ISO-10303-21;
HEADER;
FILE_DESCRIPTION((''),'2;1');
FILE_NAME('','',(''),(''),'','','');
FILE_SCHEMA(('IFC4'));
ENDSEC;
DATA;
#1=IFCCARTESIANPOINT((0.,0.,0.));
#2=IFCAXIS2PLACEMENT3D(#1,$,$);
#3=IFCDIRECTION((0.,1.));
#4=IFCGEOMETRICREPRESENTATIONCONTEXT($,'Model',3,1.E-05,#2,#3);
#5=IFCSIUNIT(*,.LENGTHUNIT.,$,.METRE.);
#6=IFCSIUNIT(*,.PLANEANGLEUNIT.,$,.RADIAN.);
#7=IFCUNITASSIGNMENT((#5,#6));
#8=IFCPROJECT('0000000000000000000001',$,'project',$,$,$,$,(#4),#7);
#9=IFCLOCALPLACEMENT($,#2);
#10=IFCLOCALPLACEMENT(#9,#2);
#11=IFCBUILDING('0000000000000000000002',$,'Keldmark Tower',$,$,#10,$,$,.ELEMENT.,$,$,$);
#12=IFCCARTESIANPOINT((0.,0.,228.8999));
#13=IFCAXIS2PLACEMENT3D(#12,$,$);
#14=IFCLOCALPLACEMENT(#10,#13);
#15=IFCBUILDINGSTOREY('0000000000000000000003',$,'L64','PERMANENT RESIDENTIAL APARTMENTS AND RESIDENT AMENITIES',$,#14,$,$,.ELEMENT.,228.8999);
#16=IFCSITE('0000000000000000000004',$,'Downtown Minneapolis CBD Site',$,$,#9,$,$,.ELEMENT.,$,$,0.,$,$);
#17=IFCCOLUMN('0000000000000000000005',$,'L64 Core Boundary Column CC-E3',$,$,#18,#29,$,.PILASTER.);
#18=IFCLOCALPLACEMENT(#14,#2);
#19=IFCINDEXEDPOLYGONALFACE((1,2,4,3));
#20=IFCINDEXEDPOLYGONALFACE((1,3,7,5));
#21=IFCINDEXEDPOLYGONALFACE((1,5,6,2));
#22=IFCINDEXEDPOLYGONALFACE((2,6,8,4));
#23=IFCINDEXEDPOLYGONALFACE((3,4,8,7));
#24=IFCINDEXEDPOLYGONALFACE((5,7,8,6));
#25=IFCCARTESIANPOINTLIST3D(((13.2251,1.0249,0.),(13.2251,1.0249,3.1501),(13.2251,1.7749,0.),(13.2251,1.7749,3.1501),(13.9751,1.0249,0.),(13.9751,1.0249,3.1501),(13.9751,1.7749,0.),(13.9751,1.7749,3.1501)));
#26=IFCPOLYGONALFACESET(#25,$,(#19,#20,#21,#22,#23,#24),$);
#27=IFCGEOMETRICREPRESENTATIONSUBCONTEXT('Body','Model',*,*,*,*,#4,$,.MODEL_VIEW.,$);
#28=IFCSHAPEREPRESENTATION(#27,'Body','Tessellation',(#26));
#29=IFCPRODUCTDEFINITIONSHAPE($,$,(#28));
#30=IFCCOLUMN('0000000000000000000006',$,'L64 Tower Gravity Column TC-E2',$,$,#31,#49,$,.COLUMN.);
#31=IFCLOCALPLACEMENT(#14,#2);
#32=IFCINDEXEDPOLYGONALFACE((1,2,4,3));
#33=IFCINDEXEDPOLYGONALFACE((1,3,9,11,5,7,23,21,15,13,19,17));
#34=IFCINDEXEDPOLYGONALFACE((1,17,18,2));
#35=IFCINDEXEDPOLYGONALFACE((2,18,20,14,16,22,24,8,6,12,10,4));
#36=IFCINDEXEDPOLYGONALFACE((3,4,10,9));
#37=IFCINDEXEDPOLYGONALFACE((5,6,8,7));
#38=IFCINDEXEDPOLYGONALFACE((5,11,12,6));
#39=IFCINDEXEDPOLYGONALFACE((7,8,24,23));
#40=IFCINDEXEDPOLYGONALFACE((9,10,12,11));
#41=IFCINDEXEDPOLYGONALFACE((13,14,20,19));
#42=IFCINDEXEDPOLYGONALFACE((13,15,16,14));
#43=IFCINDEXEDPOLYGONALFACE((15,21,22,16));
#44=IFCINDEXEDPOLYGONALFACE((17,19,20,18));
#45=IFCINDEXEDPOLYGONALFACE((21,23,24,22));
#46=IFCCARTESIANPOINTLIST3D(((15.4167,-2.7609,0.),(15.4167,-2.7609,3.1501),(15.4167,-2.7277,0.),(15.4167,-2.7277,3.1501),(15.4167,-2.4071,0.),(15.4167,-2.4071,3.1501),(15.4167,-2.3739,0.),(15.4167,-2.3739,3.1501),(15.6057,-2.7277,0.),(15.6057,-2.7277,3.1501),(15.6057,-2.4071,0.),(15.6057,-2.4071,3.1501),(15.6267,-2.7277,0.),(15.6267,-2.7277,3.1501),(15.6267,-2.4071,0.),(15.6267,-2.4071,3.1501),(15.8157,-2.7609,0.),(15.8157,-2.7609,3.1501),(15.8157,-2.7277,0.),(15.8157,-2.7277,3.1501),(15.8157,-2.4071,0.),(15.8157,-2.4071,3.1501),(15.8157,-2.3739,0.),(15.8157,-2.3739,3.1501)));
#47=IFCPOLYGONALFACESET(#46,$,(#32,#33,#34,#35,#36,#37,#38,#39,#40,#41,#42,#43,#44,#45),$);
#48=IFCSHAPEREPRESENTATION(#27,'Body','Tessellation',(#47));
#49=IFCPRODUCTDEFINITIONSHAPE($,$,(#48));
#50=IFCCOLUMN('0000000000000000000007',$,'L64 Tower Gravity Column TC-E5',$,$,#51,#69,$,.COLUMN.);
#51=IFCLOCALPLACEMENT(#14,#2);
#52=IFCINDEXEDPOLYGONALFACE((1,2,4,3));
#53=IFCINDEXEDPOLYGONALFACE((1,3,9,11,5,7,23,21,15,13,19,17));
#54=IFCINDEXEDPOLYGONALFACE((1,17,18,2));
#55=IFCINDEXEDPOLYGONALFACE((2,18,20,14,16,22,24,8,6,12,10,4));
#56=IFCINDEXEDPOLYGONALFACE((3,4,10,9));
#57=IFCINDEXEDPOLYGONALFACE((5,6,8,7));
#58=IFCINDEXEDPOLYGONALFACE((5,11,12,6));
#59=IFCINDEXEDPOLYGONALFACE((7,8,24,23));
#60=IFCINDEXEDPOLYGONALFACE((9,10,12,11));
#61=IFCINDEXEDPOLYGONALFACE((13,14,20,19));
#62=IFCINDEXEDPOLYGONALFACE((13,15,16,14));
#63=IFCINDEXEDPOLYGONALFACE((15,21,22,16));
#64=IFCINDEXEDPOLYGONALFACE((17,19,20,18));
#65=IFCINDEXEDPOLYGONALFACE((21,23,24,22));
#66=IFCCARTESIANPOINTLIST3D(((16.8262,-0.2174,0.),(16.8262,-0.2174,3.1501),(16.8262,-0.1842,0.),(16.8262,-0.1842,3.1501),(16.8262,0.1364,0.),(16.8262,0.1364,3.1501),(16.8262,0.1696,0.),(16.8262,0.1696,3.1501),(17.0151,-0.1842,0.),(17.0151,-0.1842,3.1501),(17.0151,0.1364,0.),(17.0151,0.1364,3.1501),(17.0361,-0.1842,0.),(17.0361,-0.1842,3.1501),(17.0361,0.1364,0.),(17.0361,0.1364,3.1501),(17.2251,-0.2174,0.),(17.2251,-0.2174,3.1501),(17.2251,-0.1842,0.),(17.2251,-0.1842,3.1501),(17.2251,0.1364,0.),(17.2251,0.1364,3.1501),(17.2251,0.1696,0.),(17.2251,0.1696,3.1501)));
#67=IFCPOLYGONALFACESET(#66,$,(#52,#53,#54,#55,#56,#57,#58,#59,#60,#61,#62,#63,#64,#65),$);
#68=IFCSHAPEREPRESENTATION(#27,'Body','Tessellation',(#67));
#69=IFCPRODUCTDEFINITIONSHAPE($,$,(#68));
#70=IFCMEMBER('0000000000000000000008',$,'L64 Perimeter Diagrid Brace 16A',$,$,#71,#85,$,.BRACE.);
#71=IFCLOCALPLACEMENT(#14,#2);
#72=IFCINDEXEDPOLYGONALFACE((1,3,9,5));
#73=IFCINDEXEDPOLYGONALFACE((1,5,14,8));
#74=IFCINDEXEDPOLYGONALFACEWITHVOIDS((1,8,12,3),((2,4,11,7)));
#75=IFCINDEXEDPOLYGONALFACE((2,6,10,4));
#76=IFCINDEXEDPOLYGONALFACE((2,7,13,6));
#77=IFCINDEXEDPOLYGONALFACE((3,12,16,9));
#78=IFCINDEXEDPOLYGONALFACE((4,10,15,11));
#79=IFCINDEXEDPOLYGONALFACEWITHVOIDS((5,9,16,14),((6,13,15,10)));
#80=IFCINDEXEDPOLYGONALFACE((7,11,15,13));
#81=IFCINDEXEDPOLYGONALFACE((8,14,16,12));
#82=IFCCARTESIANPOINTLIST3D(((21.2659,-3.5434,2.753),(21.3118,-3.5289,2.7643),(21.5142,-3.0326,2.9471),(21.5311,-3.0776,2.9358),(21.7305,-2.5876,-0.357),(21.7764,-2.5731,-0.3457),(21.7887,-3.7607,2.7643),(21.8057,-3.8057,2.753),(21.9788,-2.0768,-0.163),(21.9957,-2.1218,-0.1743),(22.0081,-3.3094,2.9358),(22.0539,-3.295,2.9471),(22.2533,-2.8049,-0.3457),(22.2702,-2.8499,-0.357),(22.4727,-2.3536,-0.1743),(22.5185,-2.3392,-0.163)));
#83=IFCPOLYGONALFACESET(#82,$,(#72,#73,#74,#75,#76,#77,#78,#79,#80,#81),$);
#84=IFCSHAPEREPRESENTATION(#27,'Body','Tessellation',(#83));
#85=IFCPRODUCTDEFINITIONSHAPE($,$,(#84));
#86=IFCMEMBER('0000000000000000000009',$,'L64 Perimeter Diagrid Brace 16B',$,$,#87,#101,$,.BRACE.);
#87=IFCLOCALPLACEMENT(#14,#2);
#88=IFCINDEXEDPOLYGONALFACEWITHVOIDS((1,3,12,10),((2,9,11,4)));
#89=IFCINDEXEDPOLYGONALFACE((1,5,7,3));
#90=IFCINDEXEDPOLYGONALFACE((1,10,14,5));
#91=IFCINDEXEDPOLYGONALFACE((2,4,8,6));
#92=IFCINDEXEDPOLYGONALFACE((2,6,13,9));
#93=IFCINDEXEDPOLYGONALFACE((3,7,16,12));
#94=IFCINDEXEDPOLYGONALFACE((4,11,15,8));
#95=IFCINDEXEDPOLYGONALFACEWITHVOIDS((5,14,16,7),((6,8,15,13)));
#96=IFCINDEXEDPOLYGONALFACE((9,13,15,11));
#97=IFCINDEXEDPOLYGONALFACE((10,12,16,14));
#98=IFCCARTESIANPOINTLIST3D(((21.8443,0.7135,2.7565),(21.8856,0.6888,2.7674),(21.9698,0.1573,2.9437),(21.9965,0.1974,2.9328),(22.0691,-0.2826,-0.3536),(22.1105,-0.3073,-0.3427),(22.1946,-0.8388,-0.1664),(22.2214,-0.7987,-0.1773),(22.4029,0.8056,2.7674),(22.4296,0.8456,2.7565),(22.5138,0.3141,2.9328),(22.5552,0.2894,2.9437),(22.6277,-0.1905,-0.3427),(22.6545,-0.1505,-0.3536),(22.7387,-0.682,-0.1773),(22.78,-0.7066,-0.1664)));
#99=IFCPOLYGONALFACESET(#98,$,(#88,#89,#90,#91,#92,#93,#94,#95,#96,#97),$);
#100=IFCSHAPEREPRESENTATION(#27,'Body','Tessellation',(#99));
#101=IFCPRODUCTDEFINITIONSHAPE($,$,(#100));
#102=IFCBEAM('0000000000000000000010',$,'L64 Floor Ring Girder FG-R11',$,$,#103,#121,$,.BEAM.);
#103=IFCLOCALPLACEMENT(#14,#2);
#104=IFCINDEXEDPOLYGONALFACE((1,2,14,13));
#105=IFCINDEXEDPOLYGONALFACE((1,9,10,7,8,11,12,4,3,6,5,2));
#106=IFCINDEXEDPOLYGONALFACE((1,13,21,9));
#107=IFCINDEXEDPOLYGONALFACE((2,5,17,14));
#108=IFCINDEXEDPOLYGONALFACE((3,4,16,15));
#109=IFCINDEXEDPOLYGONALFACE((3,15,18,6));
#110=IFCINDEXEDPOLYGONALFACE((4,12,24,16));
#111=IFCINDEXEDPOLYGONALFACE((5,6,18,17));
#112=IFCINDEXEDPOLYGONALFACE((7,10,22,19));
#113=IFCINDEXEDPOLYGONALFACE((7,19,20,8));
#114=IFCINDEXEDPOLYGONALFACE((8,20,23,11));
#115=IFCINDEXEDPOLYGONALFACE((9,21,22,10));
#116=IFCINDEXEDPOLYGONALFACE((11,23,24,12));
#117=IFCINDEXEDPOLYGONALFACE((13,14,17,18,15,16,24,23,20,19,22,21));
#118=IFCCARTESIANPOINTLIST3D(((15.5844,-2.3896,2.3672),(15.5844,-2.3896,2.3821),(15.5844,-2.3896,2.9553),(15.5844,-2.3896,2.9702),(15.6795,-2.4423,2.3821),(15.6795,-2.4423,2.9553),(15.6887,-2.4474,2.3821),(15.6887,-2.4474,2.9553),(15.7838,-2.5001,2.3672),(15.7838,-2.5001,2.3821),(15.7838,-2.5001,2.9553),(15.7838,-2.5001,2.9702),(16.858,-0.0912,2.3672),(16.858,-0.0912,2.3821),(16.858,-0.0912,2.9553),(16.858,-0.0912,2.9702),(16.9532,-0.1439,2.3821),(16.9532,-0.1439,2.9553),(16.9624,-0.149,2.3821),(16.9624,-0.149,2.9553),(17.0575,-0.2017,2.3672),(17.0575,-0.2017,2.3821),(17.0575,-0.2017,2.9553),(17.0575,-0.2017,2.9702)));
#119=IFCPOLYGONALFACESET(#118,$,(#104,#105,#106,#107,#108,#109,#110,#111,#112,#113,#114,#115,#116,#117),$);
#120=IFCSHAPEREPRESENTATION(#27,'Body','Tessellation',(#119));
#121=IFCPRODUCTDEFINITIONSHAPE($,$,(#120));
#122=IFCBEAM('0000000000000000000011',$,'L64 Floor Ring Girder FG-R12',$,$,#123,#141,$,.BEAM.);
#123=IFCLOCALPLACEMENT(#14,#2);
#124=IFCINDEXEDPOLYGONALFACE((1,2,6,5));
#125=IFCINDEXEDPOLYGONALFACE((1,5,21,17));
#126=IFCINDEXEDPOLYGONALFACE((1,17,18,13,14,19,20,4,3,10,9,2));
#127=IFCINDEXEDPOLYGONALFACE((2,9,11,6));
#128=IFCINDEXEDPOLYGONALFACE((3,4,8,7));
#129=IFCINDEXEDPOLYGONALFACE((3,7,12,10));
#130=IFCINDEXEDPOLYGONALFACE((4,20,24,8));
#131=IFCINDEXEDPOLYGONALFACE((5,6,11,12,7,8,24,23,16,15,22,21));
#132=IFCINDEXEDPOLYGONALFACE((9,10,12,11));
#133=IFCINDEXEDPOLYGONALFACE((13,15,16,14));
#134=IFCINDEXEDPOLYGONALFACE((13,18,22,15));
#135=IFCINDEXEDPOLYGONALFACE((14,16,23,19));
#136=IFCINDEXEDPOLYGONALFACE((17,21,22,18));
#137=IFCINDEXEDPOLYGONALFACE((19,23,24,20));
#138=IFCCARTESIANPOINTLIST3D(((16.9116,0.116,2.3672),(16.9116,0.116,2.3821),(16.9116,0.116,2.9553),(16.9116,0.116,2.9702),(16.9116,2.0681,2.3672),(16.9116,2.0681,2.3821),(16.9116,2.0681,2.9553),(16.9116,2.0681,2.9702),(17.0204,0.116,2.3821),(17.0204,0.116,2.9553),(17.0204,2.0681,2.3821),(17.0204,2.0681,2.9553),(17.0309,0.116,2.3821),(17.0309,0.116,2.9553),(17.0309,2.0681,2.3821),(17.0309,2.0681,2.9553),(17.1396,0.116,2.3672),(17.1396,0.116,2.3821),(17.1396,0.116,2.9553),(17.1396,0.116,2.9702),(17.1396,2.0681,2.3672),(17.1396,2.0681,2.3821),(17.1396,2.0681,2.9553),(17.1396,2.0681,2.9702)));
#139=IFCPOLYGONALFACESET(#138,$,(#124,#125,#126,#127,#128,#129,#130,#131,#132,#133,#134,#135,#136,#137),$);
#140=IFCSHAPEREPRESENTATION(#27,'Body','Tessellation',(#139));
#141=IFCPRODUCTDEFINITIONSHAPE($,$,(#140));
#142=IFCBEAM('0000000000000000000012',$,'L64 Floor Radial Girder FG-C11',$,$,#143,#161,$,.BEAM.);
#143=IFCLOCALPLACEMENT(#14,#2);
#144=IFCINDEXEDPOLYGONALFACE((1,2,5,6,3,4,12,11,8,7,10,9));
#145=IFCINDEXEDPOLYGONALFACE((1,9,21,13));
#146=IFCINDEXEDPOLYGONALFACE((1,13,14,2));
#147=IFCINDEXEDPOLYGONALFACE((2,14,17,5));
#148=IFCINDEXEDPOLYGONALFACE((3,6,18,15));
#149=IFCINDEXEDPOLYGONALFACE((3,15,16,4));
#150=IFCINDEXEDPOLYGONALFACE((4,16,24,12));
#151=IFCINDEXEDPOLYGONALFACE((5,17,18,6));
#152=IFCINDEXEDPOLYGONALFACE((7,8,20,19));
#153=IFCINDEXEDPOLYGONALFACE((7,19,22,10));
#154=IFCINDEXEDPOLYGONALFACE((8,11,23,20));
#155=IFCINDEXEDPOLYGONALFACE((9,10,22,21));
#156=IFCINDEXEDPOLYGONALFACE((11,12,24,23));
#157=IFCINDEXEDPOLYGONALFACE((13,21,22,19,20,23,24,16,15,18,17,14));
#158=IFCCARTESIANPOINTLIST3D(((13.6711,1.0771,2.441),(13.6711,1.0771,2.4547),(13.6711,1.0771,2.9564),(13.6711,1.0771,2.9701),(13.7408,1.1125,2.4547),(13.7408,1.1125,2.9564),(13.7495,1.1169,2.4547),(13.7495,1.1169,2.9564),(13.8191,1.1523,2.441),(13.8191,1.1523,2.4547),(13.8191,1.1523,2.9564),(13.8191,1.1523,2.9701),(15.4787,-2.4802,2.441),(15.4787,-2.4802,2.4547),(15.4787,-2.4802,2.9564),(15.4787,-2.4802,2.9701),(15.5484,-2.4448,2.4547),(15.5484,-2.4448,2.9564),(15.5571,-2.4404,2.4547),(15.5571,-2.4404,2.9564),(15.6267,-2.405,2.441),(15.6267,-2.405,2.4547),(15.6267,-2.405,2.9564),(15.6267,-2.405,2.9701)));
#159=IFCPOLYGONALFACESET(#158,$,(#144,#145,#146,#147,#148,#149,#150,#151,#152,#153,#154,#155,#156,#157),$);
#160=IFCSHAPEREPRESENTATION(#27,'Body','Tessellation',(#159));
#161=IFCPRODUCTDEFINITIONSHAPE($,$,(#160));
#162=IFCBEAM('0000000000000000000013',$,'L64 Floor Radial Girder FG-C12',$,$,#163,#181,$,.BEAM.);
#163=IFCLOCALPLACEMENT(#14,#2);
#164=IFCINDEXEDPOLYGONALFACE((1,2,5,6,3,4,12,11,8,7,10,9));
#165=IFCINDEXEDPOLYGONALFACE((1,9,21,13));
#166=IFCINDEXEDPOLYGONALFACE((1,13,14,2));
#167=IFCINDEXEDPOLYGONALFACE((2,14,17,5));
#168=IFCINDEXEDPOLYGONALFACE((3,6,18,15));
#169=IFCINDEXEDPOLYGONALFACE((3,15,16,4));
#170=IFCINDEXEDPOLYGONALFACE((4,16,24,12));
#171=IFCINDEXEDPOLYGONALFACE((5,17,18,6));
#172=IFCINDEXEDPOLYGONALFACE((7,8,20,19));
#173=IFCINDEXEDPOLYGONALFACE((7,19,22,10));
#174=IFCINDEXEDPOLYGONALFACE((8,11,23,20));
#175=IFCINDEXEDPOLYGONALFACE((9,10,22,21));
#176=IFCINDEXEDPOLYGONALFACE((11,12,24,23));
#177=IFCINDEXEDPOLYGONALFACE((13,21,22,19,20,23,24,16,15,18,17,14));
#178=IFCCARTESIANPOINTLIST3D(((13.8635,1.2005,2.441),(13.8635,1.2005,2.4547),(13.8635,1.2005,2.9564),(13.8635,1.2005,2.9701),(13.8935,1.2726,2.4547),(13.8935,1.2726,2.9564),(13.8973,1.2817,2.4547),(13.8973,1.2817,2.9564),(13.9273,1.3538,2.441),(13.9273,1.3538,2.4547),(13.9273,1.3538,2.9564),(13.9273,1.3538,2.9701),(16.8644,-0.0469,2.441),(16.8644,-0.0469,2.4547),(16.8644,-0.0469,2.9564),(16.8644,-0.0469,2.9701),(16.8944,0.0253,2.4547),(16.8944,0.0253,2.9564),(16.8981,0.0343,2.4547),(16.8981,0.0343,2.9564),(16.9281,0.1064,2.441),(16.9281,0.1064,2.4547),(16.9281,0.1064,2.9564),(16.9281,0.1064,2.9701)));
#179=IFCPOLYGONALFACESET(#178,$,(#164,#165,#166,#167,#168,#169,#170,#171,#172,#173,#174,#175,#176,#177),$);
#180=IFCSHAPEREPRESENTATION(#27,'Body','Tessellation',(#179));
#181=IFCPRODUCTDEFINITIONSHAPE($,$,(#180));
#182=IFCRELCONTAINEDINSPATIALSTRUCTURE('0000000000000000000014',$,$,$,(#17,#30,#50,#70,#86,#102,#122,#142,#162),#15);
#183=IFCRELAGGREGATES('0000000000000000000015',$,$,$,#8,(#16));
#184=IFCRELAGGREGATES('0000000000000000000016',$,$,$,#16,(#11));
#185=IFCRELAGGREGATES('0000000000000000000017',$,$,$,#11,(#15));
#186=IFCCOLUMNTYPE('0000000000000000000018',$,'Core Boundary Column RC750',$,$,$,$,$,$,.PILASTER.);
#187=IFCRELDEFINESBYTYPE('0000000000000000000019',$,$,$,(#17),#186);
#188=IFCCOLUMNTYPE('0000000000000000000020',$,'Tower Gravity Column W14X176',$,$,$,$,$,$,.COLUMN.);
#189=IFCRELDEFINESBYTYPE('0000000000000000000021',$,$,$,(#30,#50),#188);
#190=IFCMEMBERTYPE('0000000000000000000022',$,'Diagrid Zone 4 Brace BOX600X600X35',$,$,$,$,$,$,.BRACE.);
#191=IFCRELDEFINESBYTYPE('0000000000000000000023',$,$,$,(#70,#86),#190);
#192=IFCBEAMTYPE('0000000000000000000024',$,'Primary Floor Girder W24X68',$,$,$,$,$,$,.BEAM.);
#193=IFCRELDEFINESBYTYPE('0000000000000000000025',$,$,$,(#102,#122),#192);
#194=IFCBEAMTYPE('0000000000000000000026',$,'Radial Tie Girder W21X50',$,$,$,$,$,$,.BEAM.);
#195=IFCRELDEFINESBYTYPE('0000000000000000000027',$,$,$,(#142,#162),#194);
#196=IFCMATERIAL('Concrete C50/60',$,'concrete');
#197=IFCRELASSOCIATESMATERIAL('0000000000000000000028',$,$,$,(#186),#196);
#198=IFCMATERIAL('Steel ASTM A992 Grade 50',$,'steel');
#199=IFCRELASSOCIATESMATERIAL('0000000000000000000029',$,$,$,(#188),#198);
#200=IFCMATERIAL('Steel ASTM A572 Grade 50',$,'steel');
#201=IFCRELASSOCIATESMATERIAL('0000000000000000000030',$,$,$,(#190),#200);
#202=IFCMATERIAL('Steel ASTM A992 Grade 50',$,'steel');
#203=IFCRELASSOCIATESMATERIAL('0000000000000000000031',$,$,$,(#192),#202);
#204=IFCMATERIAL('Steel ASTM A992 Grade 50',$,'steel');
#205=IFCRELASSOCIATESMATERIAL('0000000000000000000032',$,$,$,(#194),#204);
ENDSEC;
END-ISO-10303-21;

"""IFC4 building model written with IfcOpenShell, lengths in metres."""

from ifc_helpers import new_model, si_unit, direction, frame, origin, origin_2d, place, context, subcontext, project, spatial, rectangle, hollow_rectangle, i_section, extrude, material, material_profile, profile_set, type_object, element, save


model = new_model("IFC4")

# Units and contexts
model_context = context("Model", 3, precision=1e-05, world=origin(), true_north=direction((0.0, 1.0)))
body_context = subcontext(model_context, "Body", "Model", "MODEL_VIEW")
ifc_project = project(units=[si_unit("LENGTHUNIT", "METRE"), si_unit("PLANEANGLEUNIT", "RADIAN")], contexts=[model_context])

# Site, building, storey
site_placement = place(None, origin())
site = spatial("IfcSite", under=ifc_project, at=site_placement, Name="Downtown Minneapolis CBD Site", CompositionType="ELEMENT", RefElevation=0.0)
building_placement = place(site_placement, origin())
building = spatial("IfcBuilding", under=site, at=building_placement, Name="Keldmark Tower", CompositionType="ELEMENT")
storey_placement = place(building_placement, frame((0.0, 0.0, 228.8999)))
storey = spatial("IfcBuildingStorey", under=building, at=storey_placement, Name="L64", Description="PERMANENT RESIDENTIAL APARTMENTS AND RESIDENT AMENITIES", CompositionType="ELEMENT", Elevation=228.8999)

# Columns
ifc_material_1 = material(Name="Concrete C50/60", Category="concrete")
ifc_material_profile_1 = material_profile(ifc_material_1, rectangle(XDim=0.75, YDim=0.75, at=origin_2d()), Name="RC750X750")
ifc_profile_set_1 = profile_set([ifc_material_profile_1], Name="Concrete C50/60")
column_type_1 = type_object("IfcColumnType", Name="Core Boundary Column RC750", PredefinedType="PILASTER", material=ifc_profile_set_1)
column_placement = place(storey_placement, frame((13.6001, 1.3999, 0.0), z_axis=(0.0, 0.0, 1.0), x_axis=(1.0, 0.0, 0.0)))
element("IfcColumn", 1, at=column_placement, inside=storey, type_object=column_type_1, Name="L64 Core Boundary Column CC-E3", PredefinedType="PILASTER", context=body_context, shape_type="SweptSolid", body=[
    extrude(rectangle(XDim=0.75, YDim=0.75, at=origin_2d()), origin(), (0.0, 0.0, 1.0), 3.1501),
])
ifc_material_2 = material(Name="Steel ASTM A992 Grade 50", Category="steel")
ifc_material_profile_2 = material_profile(ifc_material_2, i_section(OverallWidth=0.3989, OverallDepth=0.387, WebThickness=0.021, FlangeThickness=0.0332, at=origin_2d()), Name="W14X176")
ifc_profile_set_2 = profile_set([ifc_material_profile_2], Name="Steel ASTM A992 Grade 50")
column_type_2 = type_object("IfcColumnType", Name="Tower Gravity Column W14X176", PredefinedType="COLUMN", material=ifc_profile_set_2)
for number, where, z_axis, x_axis, name in (
    (2, (15.6162, -2.5674, 0.0), (0.0, 0.0, 1.0), (1.0, 0.0, 0.0), "L64 Tower Gravity Column TC-E2"),
    (3, (17.0256, -0.0239, 0.0), (0.0, 0.0, 1.0), (1.0, 0.0, 0.0), "L64 Tower Gravity Column TC-E5"),
):
    element("IfcColumn", number, at=place(storey_placement, frame(where, z_axis=z_axis, x_axis=x_axis)), inside=storey, type_object=column_type_2, Name=name, PredefinedType="COLUMN", context=body_context, shape_type="SweptSolid", body=[
        extrude(i_section(OverallWidth=0.3989, OverallDepth=0.387, WebThickness=0.021, FlangeThickness=0.0332, at=origin_2d()), origin(), (0.0, 0.0, 1.0), 3.1501),
    ])

# Members
ifc_material_3 = material(Name="Steel ASTM A572 Grade 50", Category="steel")
ifc_material_profile_3 = material_profile(ifc_material_3, hollow_rectangle(XDim=0.6001, YDim=0.6001, WallThickness=0.0349, at=origin_2d()), Name="BOX600X600X35")
ifc_profile_set_3 = profile_set([ifc_material_profile_3], Name="Steel ASTM A572 Grade 50")
member_type = type_object("IfcMemberType", Name="Diagrid Zone 4 Brace BOX600X600X35", PredefinedType="BRACE", material=ifc_profile_set_3)
member_1_placement = place(storey_placement, frame((22.1245, -2.4634, -0.26), z_axis=(-0.141359, -0.290814, 0.946279), x_axis=(0.899379, -0.437169, 0.0)))
element("IfcMember", 4, at=member_1_placement, inside=storey, type_object=member_type, Name="L64 Perimeter Diagrid Brace 16A", PredefinedType="BRACE", context=body_context, shape_type="SweptSolid", body=[
    extrude(hollow_rectangle(XDim=0.6001, YDim=0.6001, WallThickness=0.0349, at=origin_2d()), origin(), (0.0, 0.0, 1.0), 3.2866),
])
member_2_placement = place(storey_placement, frame((22.4246, -0.4946, -0.26), z_axis=(-0.06869, 0.304294, 0.950098), x_axis=(-0.975456, -0.220195, 0.0)))
element("IfcMember", 5, at=member_2_placement, inside=storey, type_object=member_type, Name="L64 Perimeter Diagrid Brace 16B", PredefinedType="BRACE", context=body_context, shape_type="SweptSolid", body=[
    extrude(hollow_rectangle(XDim=0.6001, YDim=0.6001, WallThickness=0.0349, at=origin_2d()), origin(), (0.0, 0.0, 1.0), 3.2734),
])

# Beams
ifc_material_4 = material(Name="Steel ASTM A992 Grade 50", Category="steel")
ifc_material_profile_4 = material_profile(ifc_material_4, i_section(OverallWidth=0.228, OverallDepth=0.603, WebThickness=0.0105, FlangeThickness=0.0149, at=origin_2d()), Name="W24X68")
ifc_profile_set_4 = profile_set([ifc_material_profile_4], Name="Steel ASTM A992 Grade 50")
beam_type_1 = type_object("IfcBeamType", Name="Primary Floor Girder W24X68", PredefinedType="BEAM", material=ifc_profile_set_4)
beam_1_placement = place(storey_placement, frame((15.6841, -2.4448, 2.6687), z_axis=(0.48472, 0.87467, 0.0), x_axis=(-0.87467, 0.48472, 0.0)))
element("IfcBeam", 6, at=beam_1_placement, inside=storey, type_object=beam_type_1, Name="L64 Floor Ring Girder FG-R11", PredefinedType="BEAM", context=body_context, shape_type="SweptSolid", body=[
    extrude(i_section(OverallWidth=0.228, OverallDepth=0.603, WebThickness=0.0105, FlangeThickness=0.0149, at=origin_2d()), origin(), (0.0, 0.0, 1.0), 2.6277),
])
beam_2_placement = place(storey_placement, frame((17.0256, 0.116, 2.6687), z_axis=(0.0, 1.0, 0.0), x_axis=(-1.0, 0.0, 0.0)))
element("IfcBeam", 7, at=beam_2_placement, inside=storey, type_object=beam_type_1, Name="L64 Floor Ring Girder FG-R12", PredefinedType="BEAM", context=body_context, shape_type="SweptSolid", body=[
    extrude(i_section(OverallWidth=0.228, OverallDepth=0.603, WebThickness=0.0105, FlangeThickness=0.0149, at=origin_2d()), origin(), (0.0, 0.0, 1.0), 1.9521),
])
ifc_material_5 = material(Name="Steel ASTM A992 Grade 50", Category="steel")
ifc_material_profile_5 = material_profile(ifc_material_5, i_section(OverallWidth=0.166, OverallDepth=0.5291, WebThickness=0.0098, FlangeThickness=0.0137, at=origin_2d()), Name="W21X50")
ifc_profile_set_5 = profile_set([ifc_material_profile_5], Name="Steel ASTM A992 Grade 50")
beam_type_2 = type_object("IfcBeamType", Name="Radial Tie Girder W21X50", PredefinedType="BEAM", material=ifc_profile_set_5)
beam_3_placement = place(storey_placement, frame((15.5527, -2.4426, 2.7056), z_axis=(-0.453004, 0.891508, 0.0), x_axis=(-0.891508, -0.453004, 0.0)))
element("IfcBeam", 8, at=beam_3_placement, inside=storey, type_object=beam_type_2, Name="L64 Floor Radial Girder FG-C11", PredefinedType="BEAM", context=body_context, shape_type="SweptSolid", body=[
    extrude(i_section(OverallWidth=0.166, OverallDepth=0.5291, WebThickness=0.0098, FlangeThickness=0.0137, at=origin_2d()), origin(), (0.0, 0.0, 1.0), 3.9902),
])
beam_4_placement = place(storey_placement, frame((16.8962, 0.0298, 2.7056), z_axis=(-0.923403, 0.383831, 0.0), x_axis=(-0.383831, -0.923403, 0.0)))
element("IfcBeam", 9, at=beam_4_placement, inside=storey, type_object=beam_type_2, Name="L64 Floor Radial Girder FG-C12", PredefinedType="BEAM", context=body_context, shape_type="SweptSolid", body=[
    extrude(i_section(OverallWidth=0.166, OverallDepth=0.5291, WebThickness=0.0098, FlangeThickness=0.0137, at=origin_2d()), origin(), (0.0, 0.0, 1.0), 3.2498),
])

save(model, "model.ifc")
